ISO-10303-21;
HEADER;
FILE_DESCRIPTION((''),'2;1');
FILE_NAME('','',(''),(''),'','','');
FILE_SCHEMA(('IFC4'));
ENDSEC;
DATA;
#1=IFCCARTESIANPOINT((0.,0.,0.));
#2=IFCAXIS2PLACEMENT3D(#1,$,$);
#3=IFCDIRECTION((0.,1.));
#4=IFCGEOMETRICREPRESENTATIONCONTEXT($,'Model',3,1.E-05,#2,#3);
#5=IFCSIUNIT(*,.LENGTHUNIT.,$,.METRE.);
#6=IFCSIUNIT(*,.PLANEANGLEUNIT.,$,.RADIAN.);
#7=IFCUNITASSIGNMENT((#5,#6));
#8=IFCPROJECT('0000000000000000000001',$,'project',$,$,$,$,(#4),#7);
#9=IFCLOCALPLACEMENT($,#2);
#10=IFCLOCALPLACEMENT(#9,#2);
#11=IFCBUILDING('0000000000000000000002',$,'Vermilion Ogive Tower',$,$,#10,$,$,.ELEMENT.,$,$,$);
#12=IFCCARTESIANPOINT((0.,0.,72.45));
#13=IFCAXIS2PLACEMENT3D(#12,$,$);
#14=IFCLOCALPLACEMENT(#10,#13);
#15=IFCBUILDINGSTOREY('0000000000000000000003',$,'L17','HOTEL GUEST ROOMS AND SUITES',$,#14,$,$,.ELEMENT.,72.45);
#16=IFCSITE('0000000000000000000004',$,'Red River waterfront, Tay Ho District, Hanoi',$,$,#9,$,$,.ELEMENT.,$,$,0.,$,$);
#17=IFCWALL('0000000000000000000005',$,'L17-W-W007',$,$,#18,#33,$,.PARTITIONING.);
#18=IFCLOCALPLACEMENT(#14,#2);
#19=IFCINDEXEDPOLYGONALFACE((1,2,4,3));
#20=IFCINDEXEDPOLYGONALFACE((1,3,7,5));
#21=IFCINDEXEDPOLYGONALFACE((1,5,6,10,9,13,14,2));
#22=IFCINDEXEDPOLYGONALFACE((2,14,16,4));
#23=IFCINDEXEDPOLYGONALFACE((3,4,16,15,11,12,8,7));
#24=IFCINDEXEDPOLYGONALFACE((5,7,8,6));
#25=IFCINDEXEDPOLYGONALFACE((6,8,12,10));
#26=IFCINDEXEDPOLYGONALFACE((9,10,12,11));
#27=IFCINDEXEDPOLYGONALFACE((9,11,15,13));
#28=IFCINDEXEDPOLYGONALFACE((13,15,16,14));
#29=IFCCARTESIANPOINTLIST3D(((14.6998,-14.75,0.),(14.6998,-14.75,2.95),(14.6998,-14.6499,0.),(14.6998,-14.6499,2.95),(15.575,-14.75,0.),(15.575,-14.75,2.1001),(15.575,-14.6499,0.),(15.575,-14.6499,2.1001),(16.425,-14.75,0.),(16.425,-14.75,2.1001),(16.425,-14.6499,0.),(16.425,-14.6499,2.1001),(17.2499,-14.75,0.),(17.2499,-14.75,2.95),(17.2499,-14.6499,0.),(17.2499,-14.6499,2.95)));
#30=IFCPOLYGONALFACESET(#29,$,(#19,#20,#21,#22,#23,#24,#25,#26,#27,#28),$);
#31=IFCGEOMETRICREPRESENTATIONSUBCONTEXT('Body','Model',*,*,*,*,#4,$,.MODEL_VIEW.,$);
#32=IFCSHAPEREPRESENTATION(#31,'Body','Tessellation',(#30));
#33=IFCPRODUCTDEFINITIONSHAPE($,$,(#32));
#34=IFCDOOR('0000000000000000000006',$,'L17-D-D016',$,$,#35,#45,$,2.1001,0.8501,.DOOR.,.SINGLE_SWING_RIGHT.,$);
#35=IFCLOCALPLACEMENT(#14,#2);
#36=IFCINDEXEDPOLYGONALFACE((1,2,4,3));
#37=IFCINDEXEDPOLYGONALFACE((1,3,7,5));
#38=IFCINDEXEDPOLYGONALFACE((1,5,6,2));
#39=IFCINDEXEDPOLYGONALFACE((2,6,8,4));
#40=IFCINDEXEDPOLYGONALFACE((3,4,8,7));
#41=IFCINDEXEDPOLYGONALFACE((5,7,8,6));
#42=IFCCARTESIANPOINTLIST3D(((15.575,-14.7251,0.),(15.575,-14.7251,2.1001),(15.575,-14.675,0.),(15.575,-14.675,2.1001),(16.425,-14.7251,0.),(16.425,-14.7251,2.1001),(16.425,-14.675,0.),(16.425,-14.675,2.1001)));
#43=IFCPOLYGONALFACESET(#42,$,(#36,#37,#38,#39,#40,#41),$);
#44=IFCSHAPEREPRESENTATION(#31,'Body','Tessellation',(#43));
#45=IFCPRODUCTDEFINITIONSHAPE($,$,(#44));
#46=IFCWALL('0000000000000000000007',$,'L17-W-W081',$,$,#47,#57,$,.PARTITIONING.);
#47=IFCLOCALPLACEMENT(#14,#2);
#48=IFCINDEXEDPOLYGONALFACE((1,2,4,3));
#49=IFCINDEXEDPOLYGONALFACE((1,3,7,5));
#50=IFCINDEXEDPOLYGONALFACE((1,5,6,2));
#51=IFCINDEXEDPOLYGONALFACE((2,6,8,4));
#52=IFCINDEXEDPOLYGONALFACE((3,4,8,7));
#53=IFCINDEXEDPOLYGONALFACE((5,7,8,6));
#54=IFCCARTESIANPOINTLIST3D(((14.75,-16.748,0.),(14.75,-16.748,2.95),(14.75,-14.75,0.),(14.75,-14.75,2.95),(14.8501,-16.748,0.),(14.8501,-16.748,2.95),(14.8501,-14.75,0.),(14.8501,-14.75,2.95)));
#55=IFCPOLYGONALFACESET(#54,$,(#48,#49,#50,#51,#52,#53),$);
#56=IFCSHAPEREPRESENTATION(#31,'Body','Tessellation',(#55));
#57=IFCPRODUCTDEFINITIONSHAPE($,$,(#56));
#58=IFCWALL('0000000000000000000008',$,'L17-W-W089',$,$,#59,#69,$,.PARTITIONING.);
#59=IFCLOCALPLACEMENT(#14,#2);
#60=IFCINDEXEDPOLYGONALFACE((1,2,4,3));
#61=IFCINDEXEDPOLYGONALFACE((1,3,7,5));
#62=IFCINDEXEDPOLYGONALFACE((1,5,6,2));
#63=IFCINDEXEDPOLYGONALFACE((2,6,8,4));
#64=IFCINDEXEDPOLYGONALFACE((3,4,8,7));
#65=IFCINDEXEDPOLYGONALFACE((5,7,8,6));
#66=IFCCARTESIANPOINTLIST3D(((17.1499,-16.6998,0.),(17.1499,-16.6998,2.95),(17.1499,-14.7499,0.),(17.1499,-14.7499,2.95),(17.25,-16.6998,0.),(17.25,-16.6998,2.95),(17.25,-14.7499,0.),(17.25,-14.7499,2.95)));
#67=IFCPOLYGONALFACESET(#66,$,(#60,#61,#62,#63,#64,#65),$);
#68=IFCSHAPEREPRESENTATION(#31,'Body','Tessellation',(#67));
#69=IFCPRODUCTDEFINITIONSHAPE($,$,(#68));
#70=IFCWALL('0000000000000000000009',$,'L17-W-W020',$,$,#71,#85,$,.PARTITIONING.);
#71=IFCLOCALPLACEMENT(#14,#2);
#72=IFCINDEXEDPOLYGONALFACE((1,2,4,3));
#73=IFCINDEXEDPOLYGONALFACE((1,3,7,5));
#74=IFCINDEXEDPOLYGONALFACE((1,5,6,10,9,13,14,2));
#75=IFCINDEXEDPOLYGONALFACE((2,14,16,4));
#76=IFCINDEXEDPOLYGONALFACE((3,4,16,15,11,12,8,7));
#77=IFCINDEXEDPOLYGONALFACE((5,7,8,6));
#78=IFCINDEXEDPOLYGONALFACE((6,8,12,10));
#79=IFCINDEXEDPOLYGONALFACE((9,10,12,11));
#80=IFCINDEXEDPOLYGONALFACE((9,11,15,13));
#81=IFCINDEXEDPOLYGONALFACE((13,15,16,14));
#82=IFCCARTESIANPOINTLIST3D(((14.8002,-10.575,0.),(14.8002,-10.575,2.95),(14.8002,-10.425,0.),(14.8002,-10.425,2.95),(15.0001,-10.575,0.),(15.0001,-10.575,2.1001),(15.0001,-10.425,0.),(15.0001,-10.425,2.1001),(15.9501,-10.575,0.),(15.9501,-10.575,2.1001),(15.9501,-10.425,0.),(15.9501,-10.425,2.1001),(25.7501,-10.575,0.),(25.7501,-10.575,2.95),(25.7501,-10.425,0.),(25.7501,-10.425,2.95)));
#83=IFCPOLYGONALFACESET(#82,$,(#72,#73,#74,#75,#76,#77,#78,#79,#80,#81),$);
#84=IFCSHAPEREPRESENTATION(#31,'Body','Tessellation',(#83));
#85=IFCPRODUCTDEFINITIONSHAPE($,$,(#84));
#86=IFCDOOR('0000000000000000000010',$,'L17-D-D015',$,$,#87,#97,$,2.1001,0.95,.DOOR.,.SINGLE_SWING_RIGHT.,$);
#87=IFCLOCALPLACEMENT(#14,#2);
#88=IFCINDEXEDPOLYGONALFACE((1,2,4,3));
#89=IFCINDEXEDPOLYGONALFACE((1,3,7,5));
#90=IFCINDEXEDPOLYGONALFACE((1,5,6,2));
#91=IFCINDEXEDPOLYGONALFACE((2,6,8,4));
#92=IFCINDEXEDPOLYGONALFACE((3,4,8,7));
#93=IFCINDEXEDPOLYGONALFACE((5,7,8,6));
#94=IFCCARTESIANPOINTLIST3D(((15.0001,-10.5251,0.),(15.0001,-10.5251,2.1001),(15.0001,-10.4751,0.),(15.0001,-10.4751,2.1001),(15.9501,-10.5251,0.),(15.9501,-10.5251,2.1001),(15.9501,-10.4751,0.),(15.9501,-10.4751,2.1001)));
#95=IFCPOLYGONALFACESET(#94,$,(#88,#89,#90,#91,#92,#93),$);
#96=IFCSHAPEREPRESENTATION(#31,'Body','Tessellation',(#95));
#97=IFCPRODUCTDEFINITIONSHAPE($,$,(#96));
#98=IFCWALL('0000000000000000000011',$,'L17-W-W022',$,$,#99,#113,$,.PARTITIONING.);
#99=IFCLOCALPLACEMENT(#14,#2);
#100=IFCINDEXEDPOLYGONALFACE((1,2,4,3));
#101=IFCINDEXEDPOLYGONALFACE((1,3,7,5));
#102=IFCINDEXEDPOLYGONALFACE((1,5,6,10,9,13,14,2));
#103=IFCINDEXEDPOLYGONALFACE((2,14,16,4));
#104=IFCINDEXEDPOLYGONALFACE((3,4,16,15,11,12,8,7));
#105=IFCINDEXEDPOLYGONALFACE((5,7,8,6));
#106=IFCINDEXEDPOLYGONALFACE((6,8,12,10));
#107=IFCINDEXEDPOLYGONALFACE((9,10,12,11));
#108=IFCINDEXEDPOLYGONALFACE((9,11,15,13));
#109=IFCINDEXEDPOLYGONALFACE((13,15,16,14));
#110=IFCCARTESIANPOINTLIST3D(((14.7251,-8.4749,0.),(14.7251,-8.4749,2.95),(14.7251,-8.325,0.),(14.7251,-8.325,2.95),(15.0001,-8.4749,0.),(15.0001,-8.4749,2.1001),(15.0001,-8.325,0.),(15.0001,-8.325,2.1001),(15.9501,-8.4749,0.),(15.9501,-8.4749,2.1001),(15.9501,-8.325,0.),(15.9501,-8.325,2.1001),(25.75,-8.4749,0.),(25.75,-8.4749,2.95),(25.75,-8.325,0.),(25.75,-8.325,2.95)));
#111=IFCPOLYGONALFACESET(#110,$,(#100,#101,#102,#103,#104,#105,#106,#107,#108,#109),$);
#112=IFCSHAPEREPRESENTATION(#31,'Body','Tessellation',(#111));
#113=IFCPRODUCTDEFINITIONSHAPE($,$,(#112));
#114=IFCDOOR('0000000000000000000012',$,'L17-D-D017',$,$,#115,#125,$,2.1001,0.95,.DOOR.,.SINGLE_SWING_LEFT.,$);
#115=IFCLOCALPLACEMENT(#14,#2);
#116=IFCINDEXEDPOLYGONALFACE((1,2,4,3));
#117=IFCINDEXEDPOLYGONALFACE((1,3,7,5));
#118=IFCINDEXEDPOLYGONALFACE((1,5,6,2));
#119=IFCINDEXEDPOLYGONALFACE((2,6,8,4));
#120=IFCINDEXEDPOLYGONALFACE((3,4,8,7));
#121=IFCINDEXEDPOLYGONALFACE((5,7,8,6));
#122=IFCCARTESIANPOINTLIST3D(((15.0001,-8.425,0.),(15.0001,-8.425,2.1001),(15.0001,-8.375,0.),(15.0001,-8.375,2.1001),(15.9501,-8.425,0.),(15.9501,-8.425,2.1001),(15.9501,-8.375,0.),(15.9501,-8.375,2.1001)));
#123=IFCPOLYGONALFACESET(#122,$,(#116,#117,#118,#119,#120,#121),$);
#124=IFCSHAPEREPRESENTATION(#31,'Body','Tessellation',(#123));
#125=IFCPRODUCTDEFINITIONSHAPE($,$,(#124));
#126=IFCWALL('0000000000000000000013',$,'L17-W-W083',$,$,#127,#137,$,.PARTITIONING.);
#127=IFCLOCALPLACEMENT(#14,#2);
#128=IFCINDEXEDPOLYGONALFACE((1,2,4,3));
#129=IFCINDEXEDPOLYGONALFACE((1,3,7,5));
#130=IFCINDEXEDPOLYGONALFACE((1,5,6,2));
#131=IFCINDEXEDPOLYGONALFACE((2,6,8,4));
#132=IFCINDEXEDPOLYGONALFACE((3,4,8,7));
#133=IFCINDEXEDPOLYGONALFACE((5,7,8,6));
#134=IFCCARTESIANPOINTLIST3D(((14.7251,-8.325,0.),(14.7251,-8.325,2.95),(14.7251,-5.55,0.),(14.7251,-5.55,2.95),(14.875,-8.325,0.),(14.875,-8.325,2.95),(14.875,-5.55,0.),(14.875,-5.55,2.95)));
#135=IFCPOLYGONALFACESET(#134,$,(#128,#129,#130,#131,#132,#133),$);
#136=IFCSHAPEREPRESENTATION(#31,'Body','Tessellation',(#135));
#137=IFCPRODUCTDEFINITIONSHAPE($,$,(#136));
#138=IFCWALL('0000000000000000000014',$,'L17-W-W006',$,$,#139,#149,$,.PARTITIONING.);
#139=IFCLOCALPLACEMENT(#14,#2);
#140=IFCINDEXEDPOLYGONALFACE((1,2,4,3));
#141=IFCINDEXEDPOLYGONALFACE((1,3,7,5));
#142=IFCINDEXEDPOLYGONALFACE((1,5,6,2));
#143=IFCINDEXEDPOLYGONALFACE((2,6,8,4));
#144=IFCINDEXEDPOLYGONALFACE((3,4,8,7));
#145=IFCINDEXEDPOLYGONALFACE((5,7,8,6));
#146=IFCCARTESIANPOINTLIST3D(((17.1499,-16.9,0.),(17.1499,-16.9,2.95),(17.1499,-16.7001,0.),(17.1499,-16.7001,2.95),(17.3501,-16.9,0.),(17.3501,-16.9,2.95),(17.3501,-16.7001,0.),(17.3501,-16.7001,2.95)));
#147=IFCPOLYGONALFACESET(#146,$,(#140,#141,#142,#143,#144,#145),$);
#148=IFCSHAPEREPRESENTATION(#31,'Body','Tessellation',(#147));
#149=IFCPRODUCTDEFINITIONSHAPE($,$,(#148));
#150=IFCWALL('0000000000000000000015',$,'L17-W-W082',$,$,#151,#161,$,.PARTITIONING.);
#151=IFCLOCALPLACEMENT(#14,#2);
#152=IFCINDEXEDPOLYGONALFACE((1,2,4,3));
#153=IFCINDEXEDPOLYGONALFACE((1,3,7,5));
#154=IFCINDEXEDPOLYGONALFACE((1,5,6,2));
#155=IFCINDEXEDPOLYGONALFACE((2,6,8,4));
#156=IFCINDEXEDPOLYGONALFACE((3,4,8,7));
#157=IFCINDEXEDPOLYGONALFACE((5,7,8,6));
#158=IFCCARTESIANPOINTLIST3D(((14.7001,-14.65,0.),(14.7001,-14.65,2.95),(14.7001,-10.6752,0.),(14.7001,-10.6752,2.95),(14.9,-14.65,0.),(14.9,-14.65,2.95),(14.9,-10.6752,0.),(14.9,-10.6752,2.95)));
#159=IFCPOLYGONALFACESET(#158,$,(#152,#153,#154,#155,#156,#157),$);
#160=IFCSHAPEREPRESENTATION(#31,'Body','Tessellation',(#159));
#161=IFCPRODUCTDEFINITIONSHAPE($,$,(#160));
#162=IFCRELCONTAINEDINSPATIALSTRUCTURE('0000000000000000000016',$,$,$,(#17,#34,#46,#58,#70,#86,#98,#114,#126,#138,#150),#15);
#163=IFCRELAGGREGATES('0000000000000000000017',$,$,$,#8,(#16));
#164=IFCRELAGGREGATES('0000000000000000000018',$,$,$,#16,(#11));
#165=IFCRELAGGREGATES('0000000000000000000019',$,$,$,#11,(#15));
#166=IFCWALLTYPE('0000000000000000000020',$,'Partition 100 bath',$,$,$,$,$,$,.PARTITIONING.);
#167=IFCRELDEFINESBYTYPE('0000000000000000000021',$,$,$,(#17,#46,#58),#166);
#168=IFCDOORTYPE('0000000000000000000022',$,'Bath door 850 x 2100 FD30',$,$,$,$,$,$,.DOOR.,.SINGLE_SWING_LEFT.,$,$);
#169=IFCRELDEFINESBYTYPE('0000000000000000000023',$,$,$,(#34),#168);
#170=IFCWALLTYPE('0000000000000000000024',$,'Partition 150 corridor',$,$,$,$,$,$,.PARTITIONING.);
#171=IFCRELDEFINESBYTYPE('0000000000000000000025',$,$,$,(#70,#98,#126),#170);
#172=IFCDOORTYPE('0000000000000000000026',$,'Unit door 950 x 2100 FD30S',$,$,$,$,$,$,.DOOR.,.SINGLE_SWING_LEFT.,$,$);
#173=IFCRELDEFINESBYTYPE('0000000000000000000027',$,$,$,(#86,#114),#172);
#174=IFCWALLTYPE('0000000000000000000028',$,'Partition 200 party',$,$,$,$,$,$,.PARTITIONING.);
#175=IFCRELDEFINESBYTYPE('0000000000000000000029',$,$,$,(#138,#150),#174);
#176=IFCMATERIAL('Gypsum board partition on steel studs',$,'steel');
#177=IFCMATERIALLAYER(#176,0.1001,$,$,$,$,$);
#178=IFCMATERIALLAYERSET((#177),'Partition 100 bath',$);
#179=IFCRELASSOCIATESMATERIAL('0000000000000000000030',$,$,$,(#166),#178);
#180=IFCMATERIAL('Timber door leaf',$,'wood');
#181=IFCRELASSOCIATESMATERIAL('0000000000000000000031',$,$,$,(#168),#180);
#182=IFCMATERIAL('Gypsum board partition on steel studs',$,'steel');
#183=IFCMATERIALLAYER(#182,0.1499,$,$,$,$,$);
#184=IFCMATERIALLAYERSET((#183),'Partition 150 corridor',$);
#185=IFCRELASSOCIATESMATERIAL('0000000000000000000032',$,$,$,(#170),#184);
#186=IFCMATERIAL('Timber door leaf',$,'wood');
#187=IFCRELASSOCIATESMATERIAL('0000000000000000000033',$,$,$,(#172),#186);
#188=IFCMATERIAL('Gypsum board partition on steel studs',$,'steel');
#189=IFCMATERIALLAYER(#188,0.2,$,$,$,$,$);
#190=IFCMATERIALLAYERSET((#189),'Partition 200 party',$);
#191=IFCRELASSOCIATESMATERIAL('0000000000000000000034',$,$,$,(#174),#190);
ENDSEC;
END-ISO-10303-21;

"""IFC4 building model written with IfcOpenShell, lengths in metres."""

from ifc_helpers import new_model, si_unit, direction, frame, frame_2d, origin, place, context, subcontext, project, spatial, rectangle, extrude, material, layer, layer_set, type_object, element, fill, save


model = new_model("IFC4")

# Units and contexts
model_context = context("Model", 3, precision=1e-05, world=origin(), true_north=direction((0.0, 1.0)))
body_context = subcontext(model_context, "Body", "Model", "MODEL_VIEW")
ifc_project = project(units=[si_unit("LENGTHUNIT", "METRE"), si_unit("PLANEANGLEUNIT", "RADIAN")], contexts=[model_context])

# Site, building, storey
site_placement = place(None, origin())
site = spatial("IfcSite", under=ifc_project, at=site_placement, Name="Red River waterfront, Tay Ho District, Hanoi", CompositionType="ELEMENT", RefElevation=0.0)
building_placement = place(site_placement, origin())
building = spatial("IfcBuilding", under=site, at=building_placement, Name="Vermilion Ogive Tower", CompositionType="ELEMENT")
storey_placement = place(building_placement, frame((0.0, 0.0, 72.45)))
storey = spatial("IfcBuildingStorey", under=building, at=storey_placement, Name="L17", Description="HOTEL GUEST ROOMS AND SUITES", CompositionType="ELEMENT", Elevation=72.45)

# Shared definitions
ifc_material_1 = material(Name="Gypsum board partition on steel studs", Category="steel")
ifc_layer_1 = layer(ifc_material_1, 0.1001)
ifc_layer_set_1 = layer_set([ifc_layer_1], Name="Partition 100 bath")
wall_type_1 = type_object("IfcWallType", Name="Partition 100 bath", PredefinedType="PARTITIONING", material=ifc_layer_set_1)

# Wall, opening, door
wall_1_placement = place(storey_placement, frame((14.7, -14.7, 0.0), z_axis=(0.0, 0.0, 1.0), x_axis=(1.0, 0.0, 0.0)))
wall_1 = element("IfcWall", 1, at=wall_1_placement, inside=storey, type_object=wall_type_1, Name="L17-W-W007", PredefinedType="PARTITIONING", context=body_context, shape_type="SweptSolid", body=[
    extrude(rectangle(XDim=2.55, YDim=0.1001, at=frame_2d((1.2749, 0.0))), origin(), (0.0, 0.0, 1.0), 2.95),
])
opening_1_placement = place(wall_1_placement, frame((0.875, 0.0, 0.0)))
opening_1 = element("IfcOpeningElement", 2, at=opening_1_placement, cuts=wall_1, PredefinedType="OPENING", context=body_context, shape_type="SweptSolid", body=[
    extrude(rectangle(XDim=0.8501, YDim=2.1001, at=frame_2d((0.425, 1.05))), frame((0.0, 0.0601, 0.0), z_axis=(0.0, -1.0, 0.0), x_axis=(1.0, 0.0, 0.0)), (0.0, 0.0, 1.0), 0.1201),
])
ifc_material_2 = material(Name="Timber door leaf", Category="wood")
door_type_1 = type_object("IfcDoorType", Name="Bath door 850 x 2100 FD30", OperationType="SINGLE_SWING_LEFT", PredefinedType="DOOR", material=ifc_material_2)
door_1_placement = place(opening_1_placement, origin())
door_1 = element("IfcDoor", 3, at=door_1_placement, inside=storey, type_object=door_type_1, Name="L17-D-D016", OperationType="SINGLE_SWING_RIGHT", OverallHeight=2.1001, OverallWidth=0.8501, PredefinedType="DOOR", context=body_context, shape_type="SweptSolid", body=[
    extrude(rectangle(XDim=0.8501, YDim=2.1001, at=frame_2d((0.425, 1.05))), frame((0.0, 0.0249, 0.0), z_axis=(0.0, -1.0, 0.0), x_axis=(1.0, 0.0, 0.0)), (0.0, 0.0, 1.0), 0.05),
])
fill(opening_1, door_1)

# Walls
wall_2_placement = place(storey_placement, frame((14.8, -16.748, 0.0), z_axis=(0.0, 0.0, 1.0), x_axis=(0.0, 1.0, 0.0)))
element("IfcWall", 4, at=wall_2_placement, inside=storey, type_object=wall_type_1, Name="L17-W-W081", PredefinedType="PARTITIONING", context=body_context, shape_type="SweptSolid", body=[
    extrude(rectangle(XDim=1.998, YDim=0.1001, at=frame_2d((0.999, 0.0))), origin(), (0.0, 0.0, 1.0), 2.95),
])
wall_3_placement = place(storey_placement, frame((17.2, -16.7, 0.0), z_axis=(0.0, 0.0, 1.0), x_axis=(0.0, 1.0, 0.0)))
element("IfcWall", 5, at=wall_3_placement, inside=storey, type_object=wall_type_1, Name="L17-W-W089", PredefinedType="PARTITIONING", context=body_context, shape_type="SweptSolid", body=[
    extrude(rectangle(XDim=1.95, YDim=0.1001, at=frame_2d((0.9751, 0.0))), origin(), (0.0, 0.0, 1.0), 2.95),
])

# Walls, openings, doors
ifc_material_3 = material(Name="Gypsum board partition on steel studs", Category="steel")
ifc_layer_2 = layer(ifc_material_3, 0.1499)
ifc_layer_set_2 = layer_set([ifc_layer_2], Name="Partition 150 corridor")
wall_type_2 = type_object("IfcWallType", Name="Partition 150 corridor", PredefinedType="PARTITIONING", material=ifc_layer_set_2)
wall_4_placement = place(storey_placement, frame((14.8, -10.5, 0.0), z_axis=(0.0, 0.0, 1.0), x_axis=(1.0, 0.0, 0.0)))
wall_4 = element("IfcWall", 6, at=wall_4_placement, inside=storey, type_object=wall_type_2, Name="L17-W-W020", PredefinedType="PARTITIONING", context=body_context, shape_type="SweptSolid", body=[
    extrude(rectangle(XDim=10.95, YDim=0.1499, at=frame_2d((5.4751, 0.0))), origin(), (0.0, 0.0, 1.0), 2.95),
])
opening_2_placement = place(wall_4_placement, frame((0.2, 0.0, 0.0)))
opening_2 = element("IfcOpeningElement", 7, at=opening_2_placement, cuts=wall_4, PredefinedType="OPENING", context=body_context, shape_type="SweptSolid", body=[
    extrude(rectangle(XDim=0.95, YDim=2.1001, at=frame_2d((0.4751, 1.05))), frame((0.0, 0.085, 0.0), z_axis=(0.0, -1.0, 0.0), x_axis=(1.0, 0.0, 0.0)), (0.0, 0.0, 1.0), 0.1699),
])
ifc_material_4 = material(Name="Timber door leaf", Category="wood")
door_type_2 = type_object("IfcDoorType", Name="Unit door 950 x 2100 FD30S", OperationType="SINGLE_SWING_LEFT", PredefinedType="DOOR", material=ifc_material_4)
door_2_placement = place(opening_2_placement, origin())
door_2 = element("IfcDoor", 8, at=door_2_placement, inside=storey, type_object=door_type_2, Name="L17-D-D015", OperationType="SINGLE_SWING_RIGHT", OverallHeight=2.1001, OverallWidth=0.95, PredefinedType="DOOR", context=body_context, shape_type="SweptSolid", body=[
    extrude(rectangle(XDim=0.95, YDim=2.1001, at=frame_2d((0.4751, 1.05))), frame((0.0, 0.0249, 0.0), z_axis=(0.0, -1.0, 0.0), x_axis=(1.0, 0.0, 0.0)), (0.0, 0.0, 1.0), 0.05),
])
fill(opening_2, door_2)
wall_5_placement = place(storey_placement, frame((14.7251, -8.3999, 0.0), z_axis=(0.0, 0.0, 1.0), x_axis=(1.0, 0.0, 0.0)))
wall_5 = element("IfcWall", 9, at=wall_5_placement, inside=storey, type_object=wall_type_2, Name="L17-W-W022", PredefinedType="PARTITIONING", context=body_context, shape_type="SweptSolid", body=[
    extrude(rectangle(XDim=11.0249, YDim=0.1499, at=frame_2d((5.5125, 0.0))), origin(), (0.0, 0.0, 1.0), 2.95),
])
opening_3_placement = place(wall_5_placement, frame((0.2749, 0.0, 0.0)))
opening_3 = element("IfcOpeningElement", 10, at=opening_3_placement, cuts=wall_5, PredefinedType="OPENING", context=body_context, shape_type="SweptSolid", body=[
    extrude(rectangle(XDim=0.95, YDim=2.1001, at=frame_2d((0.4751, 1.05))), frame((0.0, 0.085, 0.0), z_axis=(0.0, -1.0, 0.0), x_axis=(1.0, 0.0, 0.0)), (0.0, 0.0, 1.0), 0.1699),
])
door_3_placement = place(opening_3_placement, origin())
door_3 = element("IfcDoor", 11, at=door_3_placement, inside=storey, type_object=door_type_2, Name="L17-D-D017", OperationType="SINGLE_SWING_LEFT", OverallHeight=2.1001, OverallWidth=0.95, PredefinedType="DOOR", context=body_context, shape_type="SweptSolid", body=[
    extrude(rectangle(XDim=0.95, YDim=2.1001, at=frame_2d((0.4751, 1.05))), frame((0.0, 0.0249, 0.0), z_axis=(0.0, -1.0, 0.0), x_axis=(1.0, 0.0, 0.0)), (0.0, 0.0, 1.0), 0.05),
])
fill(opening_3, door_3)

# Walls
wall_6_placement = place(storey_placement, frame((14.8, -8.325, 0.0), z_axis=(0.0, 0.0, 1.0), x_axis=(0.0, 1.0, 0.0)))
element("IfcWall", 12, at=wall_6_placement, inside=storey, type_object=wall_type_2, Name="L17-W-W083", PredefinedType="PARTITIONING", context=body_context, shape_type="SweptSolid", body=[
    extrude(rectangle(XDim=2.7749, YDim=0.1499, at=frame_2d((1.3875, 0.0))), origin(), (0.0, 0.0, 1.0), 2.95),
])
ifc_material_5 = material(Name="Gypsum board partition on steel studs", Category="steel")
ifc_layer_3 = layer(ifc_material_5, 0.2)
ifc_layer_set_3 = layer_set([ifc_layer_3], Name="Partition 200 party")
wall_type_3 = type_object("IfcWallType", Name="Partition 200 party", PredefinedType="PARTITIONING", material=ifc_layer_set_3)
wall_7_placement = place(storey_placement, frame((17.1499, -16.8, 0.0), z_axis=(0.0, 0.0, 1.0), x_axis=(1.0, 0.0, 0.0)))
element("IfcWall", 13, at=wall_7_placement, inside=storey, type_object=wall_type_3, Name="L17-W-W006", PredefinedType="PARTITIONING", context=body_context, shape_type="SweptSolid", body=[
    extrude(rectangle(XDim=0.2002, YDim=0.2, at=frame_2d((0.1001, 0.0))), origin(), (0.0, 0.0, 1.0), 2.95),
])
wall_8_placement = place(storey_placement, frame((14.8, -14.6499, 0.0), z_axis=(0.0, 0.0, 1.0), x_axis=(0.0, 1.0, 0.0)))
element("IfcWall", 14, at=wall_8_placement, inside=storey, type_object=wall_type_3, Name="L17-W-W082", PredefinedType="PARTITIONING", context=body_context, shape_type="SweptSolid", body=[
    extrude(rectangle(XDim=3.9749, YDim=0.2, at=frame_2d((1.9873, 0.0))), origin(), (0.0, 0.0, 1.0), 2.95),
])

save(model, "model.ifc")
